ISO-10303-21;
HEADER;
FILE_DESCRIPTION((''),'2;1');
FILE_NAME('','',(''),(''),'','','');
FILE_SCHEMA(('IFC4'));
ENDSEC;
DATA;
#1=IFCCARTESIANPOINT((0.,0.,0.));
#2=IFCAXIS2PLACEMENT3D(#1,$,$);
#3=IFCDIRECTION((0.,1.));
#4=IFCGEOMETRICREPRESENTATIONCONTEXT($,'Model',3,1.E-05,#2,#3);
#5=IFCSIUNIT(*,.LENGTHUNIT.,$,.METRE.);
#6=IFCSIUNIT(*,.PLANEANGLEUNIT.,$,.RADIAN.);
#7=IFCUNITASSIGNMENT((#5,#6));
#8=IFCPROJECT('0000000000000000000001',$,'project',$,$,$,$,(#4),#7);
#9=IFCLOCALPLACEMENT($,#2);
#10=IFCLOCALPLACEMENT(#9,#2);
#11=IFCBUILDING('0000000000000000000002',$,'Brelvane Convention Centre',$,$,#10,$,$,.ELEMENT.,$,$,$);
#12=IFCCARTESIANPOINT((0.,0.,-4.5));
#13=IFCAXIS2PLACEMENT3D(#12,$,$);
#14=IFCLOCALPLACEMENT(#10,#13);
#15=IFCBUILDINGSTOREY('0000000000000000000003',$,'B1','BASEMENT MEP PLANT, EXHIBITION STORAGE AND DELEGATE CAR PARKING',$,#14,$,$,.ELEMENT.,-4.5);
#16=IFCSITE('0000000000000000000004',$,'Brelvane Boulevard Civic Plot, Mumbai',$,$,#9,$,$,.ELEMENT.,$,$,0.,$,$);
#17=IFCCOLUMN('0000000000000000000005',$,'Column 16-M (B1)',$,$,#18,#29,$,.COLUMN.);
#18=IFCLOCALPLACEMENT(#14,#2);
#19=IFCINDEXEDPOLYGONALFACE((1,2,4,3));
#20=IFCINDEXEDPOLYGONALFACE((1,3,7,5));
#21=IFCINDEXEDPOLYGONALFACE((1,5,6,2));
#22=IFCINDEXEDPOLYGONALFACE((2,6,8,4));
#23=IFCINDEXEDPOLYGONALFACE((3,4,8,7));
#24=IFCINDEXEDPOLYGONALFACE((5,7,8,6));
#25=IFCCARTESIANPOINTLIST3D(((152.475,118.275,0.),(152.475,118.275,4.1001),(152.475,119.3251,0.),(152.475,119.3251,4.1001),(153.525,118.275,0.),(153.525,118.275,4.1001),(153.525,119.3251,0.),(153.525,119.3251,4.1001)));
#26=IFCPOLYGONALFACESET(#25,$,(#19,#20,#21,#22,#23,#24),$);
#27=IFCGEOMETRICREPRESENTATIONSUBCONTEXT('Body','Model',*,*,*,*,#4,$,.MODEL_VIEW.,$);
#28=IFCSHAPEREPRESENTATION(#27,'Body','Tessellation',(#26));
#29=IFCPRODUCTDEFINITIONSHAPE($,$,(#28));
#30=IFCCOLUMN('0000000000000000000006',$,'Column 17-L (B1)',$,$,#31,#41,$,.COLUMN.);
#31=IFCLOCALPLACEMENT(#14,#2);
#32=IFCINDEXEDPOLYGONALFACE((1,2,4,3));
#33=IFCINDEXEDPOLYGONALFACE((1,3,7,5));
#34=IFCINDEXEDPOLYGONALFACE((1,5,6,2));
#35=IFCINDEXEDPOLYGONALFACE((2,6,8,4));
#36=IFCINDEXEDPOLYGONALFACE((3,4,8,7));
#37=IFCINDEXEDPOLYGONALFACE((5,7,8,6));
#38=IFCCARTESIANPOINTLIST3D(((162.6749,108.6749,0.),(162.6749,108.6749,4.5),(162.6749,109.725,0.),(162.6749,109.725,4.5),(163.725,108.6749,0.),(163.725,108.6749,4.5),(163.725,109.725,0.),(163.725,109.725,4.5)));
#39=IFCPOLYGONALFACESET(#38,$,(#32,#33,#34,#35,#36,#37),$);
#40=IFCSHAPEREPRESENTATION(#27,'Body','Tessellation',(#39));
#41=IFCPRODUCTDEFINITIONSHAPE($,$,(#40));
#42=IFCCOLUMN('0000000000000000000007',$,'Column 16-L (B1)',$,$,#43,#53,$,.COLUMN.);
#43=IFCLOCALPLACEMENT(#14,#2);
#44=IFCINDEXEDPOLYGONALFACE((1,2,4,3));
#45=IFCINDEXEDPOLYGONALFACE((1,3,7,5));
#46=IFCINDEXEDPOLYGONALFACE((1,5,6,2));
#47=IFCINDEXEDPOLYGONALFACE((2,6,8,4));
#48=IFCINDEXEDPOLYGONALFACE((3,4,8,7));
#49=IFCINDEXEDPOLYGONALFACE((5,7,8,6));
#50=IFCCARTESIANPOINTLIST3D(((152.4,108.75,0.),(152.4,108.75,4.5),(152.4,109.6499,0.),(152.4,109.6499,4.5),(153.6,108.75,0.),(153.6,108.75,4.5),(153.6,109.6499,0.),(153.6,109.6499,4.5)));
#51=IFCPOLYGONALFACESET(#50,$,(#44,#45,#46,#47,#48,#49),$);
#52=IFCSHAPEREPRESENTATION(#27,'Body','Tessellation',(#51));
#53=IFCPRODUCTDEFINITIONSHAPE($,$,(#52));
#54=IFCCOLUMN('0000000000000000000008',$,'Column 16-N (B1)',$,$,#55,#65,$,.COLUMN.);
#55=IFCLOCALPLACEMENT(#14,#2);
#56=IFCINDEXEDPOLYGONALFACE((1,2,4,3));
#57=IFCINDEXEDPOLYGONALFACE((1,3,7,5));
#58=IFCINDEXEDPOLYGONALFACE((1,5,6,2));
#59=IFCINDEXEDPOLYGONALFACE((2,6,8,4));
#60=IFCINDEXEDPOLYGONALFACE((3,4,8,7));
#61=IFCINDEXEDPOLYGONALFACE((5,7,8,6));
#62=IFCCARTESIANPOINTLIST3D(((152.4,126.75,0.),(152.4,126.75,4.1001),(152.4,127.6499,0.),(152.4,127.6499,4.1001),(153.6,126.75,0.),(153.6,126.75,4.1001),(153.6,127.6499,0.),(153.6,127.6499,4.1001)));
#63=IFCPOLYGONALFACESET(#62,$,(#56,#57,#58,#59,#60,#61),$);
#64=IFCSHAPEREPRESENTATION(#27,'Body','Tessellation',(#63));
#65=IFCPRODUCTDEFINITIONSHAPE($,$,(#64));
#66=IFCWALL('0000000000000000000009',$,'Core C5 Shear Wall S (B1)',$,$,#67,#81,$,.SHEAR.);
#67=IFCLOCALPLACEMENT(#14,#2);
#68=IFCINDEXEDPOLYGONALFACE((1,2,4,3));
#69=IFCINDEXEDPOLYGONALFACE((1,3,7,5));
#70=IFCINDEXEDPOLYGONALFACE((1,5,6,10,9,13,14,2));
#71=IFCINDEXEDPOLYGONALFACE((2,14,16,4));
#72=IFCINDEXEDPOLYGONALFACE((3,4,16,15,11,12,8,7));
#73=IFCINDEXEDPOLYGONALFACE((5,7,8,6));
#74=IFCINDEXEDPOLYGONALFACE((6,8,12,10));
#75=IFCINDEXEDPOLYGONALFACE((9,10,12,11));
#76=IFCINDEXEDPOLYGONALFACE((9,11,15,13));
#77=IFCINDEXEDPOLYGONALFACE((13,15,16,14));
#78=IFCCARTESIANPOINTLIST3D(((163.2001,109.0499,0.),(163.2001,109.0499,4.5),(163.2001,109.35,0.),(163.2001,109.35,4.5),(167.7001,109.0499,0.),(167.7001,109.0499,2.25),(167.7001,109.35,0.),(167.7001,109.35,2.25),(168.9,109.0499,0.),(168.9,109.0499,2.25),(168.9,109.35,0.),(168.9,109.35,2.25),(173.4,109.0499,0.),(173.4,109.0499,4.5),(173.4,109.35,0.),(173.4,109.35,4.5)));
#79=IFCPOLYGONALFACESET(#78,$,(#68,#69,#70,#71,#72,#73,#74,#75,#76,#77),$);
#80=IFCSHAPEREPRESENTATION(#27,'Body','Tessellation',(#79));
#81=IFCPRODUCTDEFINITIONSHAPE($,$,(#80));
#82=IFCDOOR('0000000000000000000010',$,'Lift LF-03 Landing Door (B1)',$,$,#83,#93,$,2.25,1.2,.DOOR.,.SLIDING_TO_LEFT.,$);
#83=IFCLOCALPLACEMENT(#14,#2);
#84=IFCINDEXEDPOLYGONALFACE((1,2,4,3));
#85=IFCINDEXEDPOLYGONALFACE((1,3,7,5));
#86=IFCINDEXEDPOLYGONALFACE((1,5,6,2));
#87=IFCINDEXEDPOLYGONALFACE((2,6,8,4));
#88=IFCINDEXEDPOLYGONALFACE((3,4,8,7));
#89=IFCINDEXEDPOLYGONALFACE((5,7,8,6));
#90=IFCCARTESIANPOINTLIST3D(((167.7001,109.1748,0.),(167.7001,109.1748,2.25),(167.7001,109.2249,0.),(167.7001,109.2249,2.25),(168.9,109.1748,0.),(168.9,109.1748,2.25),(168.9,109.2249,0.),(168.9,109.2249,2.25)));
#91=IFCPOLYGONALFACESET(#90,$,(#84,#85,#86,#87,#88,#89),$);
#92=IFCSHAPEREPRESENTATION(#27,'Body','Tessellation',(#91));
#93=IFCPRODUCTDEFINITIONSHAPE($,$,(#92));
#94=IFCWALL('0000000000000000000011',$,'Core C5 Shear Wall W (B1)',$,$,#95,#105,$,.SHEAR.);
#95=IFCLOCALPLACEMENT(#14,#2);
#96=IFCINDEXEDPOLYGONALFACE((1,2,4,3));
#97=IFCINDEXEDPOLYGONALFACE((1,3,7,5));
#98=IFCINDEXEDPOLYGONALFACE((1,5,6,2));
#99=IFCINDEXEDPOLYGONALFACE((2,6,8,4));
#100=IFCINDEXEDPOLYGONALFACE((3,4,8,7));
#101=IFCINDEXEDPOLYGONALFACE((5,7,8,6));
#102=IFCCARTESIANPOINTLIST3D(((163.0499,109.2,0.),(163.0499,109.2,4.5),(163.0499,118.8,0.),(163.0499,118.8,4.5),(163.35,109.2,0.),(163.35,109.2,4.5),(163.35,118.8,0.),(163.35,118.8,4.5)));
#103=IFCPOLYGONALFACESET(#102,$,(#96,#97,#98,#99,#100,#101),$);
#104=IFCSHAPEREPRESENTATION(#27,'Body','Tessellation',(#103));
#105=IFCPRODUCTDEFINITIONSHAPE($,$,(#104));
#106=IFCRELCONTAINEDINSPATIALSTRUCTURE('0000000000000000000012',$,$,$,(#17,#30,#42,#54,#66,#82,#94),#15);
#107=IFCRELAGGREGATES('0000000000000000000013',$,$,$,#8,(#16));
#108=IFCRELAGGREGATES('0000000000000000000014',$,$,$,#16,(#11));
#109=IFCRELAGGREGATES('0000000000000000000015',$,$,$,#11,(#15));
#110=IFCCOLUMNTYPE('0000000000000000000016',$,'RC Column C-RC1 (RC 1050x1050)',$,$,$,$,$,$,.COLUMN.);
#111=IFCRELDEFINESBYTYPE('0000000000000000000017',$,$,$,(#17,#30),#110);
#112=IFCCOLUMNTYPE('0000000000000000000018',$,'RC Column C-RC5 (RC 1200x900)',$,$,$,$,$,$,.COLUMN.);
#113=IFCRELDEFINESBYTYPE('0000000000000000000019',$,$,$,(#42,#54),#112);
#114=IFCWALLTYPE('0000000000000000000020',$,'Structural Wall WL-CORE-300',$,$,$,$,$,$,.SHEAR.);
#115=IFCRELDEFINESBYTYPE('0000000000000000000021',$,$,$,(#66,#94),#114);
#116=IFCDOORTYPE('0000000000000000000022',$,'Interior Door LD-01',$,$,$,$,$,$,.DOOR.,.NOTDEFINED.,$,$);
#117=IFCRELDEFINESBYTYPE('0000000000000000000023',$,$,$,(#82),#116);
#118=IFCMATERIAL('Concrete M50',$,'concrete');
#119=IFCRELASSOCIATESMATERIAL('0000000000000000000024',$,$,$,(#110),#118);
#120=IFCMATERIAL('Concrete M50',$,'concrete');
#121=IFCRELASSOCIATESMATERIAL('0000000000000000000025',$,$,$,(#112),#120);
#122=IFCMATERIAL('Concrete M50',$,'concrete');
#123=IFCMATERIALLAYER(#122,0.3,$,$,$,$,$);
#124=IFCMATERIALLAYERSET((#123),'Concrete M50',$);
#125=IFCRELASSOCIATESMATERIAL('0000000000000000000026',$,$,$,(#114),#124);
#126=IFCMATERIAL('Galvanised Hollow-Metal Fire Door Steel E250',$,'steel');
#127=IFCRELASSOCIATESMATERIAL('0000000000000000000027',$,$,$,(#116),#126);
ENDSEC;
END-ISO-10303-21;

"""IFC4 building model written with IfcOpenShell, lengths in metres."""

from ifc_helpers import new_model, si_unit, direction, frame, frame_2d, origin, origin_2d, place, context, subcontext, project, spatial, rectangle, extrude, material, layer, layer_set, material_profile, profile_set, type_object, element, fill, save


model = new_model("IFC4")

# Units and contexts
model_context = context("Model", 3, precision=1e-05, world=origin(), true_north=direction((0.0, 1.0)))
body_context = subcontext(model_context, "Body", "Model", "MODEL_VIEW")
ifc_project = project(units=[si_unit("LENGTHUNIT", "METRE"), si_unit("PLANEANGLEUNIT", "RADIAN")], contexts=[model_context])

# Site, building, storey
site_placement = place(None, origin())
site = spatial("IfcSite", under=ifc_project, at=site_placement, Name="Brelvane Boulevard Civic Plot, Mumbai", CompositionType="ELEMENT", RefElevation=0.0)
building_placement = place(site_placement, origin())
building = spatial("IfcBuilding", under=site, at=building_placement, Name="Brelvane Convention Centre", CompositionType="ELEMENT")
storey_placement = place(building_placement, frame((0.0, 0.0, -4.5)))
storey = spatial("IfcBuildingStorey", under=building, at=storey_placement, Name="B1", Description="BASEMENT MEP PLANT, EXHIBITION STORAGE AND DELEGATE CAR PARKING", CompositionType="ELEMENT", Elevation=-4.5)

# Columns
ifc_material_1 = material(Name="Concrete M50", Category="concrete")
ifc_material_profile_1 = material_profile(ifc_material_1, rectangle(XDim=1.05, YDim=1.05, at=origin_2d()), Name="RC 1050x1050")
ifc_profile_set_1 = profile_set([ifc_material_profile_1], Name="Concrete M50")
column_type_1 = type_object("IfcColumnType", Name="RC Column C-RC1 (RC 1050x1050)", PredefinedType="COLUMN", material=ifc_profile_set_1)
column_1_placement = place(storey_placement, frame((153.0, 118.8, 0.0), z_axis=(0.0, 0.0, 1.0), x_axis=(1.0, 0.0, 0.0)))
element("IfcColumn", 1, at=column_1_placement, inside=storey, type_object=column_type_1, Name="Column 16-M (B1)", PredefinedType="COLUMN", context=body_context, shape_type="SweptSolid", body=[
    extrude(rectangle(XDim=1.05, YDim=1.05, at=origin_2d()), origin(), (0.0, 0.0, 1.0), 4.1001),
])
column_2_placement = place(storey_placement, frame((163.2, 109.2, 0.0), z_axis=(0.0, 0.0, 1.0), x_axis=(1.0, 0.0, 0.0)))
element("IfcColumn", 2, at=column_2_placement, inside=storey, type_object=column_type_1, Name="Column 17-L (B1)", PredefinedType="COLUMN", context=body_context, shape_type="SweptSolid", body=[
    extrude(rectangle(XDim=1.05, YDim=1.05, at=origin_2d()), origin(), (0.0, 0.0, 1.0), 4.5),
])
ifc_material_2 = material(Name="Concrete M50", Category="concrete")
ifc_material_profile_2 = material_profile(ifc_material_2, rectangle(XDim=1.2, YDim=0.8999, at=origin_2d()), Name="RC 1200x900")
ifc_profile_set_2 = profile_set([ifc_material_profile_2], Name="Concrete M50")
column_type_2 = type_object("IfcColumnType", Name="RC Column C-RC5 (RC 1200x900)", PredefinedType="COLUMN", material=ifc_profile_set_2)
column_3_placement = place(storey_placement, frame((153.0, 109.2, 0.0), z_axis=(0.0, 0.0, 1.0), x_axis=(1.0, 0.0, 0.0)))
element("IfcColumn", 3, at=column_3_placement, inside=storey, type_object=column_type_2, Name="Column 16-L (B1)", PredefinedType="COLUMN", context=body_context, shape_type="SweptSolid", body=[
    extrude(rectangle(XDim=1.2, YDim=0.8999, at=origin_2d()), origin(), (0.0, 0.0, 1.0), 4.5),
])
column_4_placement = place(storey_placement, frame((153.0, 127.2, 0.0), z_axis=(0.0, 0.0, 1.0), x_axis=(1.0, 0.0, 0.0)))
element("IfcColumn", 4, at=column_4_placement, inside=storey, type_object=column_type_2, Name="Column 16-N (B1)", PredefinedType="COLUMN", context=body_context, shape_type="SweptSolid", body=[
    extrude(rectangle(XDim=1.2, YDim=0.8999, at=origin_2d()), origin(), (0.0, 0.0, 1.0), 4.1001),
])

# Wall, opening, door
ifc_material_3 = material(Name="Concrete M50", Category="concrete")
ifc_layer = layer(ifc_material_3, 0.3)
ifc_layer_set = layer_set([ifc_layer], Name="Concrete M50")
wall_type = type_object("IfcWallType", Name="Structural Wall WL-CORE-300", PredefinedType="SHEAR", material=ifc_layer_set)
wall_1_placement = place(storey_placement, frame((163.2, 109.2, 0.0), z_axis=(0.0, 0.0, 1.0), x_axis=(1.0, 0.0, 0.0)))
wall_1 = element("IfcWall", 5, at=wall_1_placement, inside=storey, type_object=wall_type, Name="Core C5 Shear Wall S (B1)", PredefinedType="SHEAR", context=body_context, shape_type="SweptSolid", body=[
    extrude(rectangle(XDim=10.2, YDim=0.3, at=frame_2d((5.1001, 0.0))), origin(), (0.0, 0.0, 1.0), 4.5),
])
opening_placement = place(wall_1_placement, frame((4.5, 0.0, 0.0)))
opening = element("IfcOpeningElement", 6, at=opening_placement, cuts=wall_1, PredefinedType="OPENING", context=body_context, shape_type="SweptSolid", body=[
    extrude(rectangle(XDim=1.2, YDim=2.25, at=frame_2d((0.6001, 1.125))), frame((0.0, 0.1599, 0.0), z_axis=(0.0, -1.0, 0.0), x_axis=(1.0, 0.0, 0.0)), (0.0, 0.0, 1.0), 0.3201),
])
ifc_material_4 = material(Name="Galvanised Hollow-Metal Fire Door Steel E250", Category="steel")
door_type = type_object("IfcDoorType", Name="Interior Door LD-01", OperationType="NOTDEFINED", PredefinedType="DOOR", material=ifc_material_4)
door_placement = place(opening_placement, origin())
door = element("IfcDoor", 7, at=door_placement, inside=storey, type_object=door_type, Name="Lift LF-03 Landing Door (B1)", OperationType="SLIDING_TO_LEFT", OverallHeight=2.25, OverallWidth=1.2, PredefinedType="DOOR", context=body_context, shape_type="SweptSolid", body=[
    extrude(rectangle(XDim=1.2, YDim=2.25, at=frame_2d((0.6001, 1.125))), frame((0.0, 0.0249, 0.0), z_axis=(0.0, -1.0, 0.0), x_axis=(1.0, 0.0, 0.0)), (0.0, 0.0, 1.0), 0.05),
])
fill(opening, door)

# Wall
wall_2_placement = place(storey_placement, frame((163.2, 109.2, 0.0), z_axis=(0.0, 0.0, 1.0), x_axis=(0.0, 1.0, 0.0)))
element("IfcWall", 8, at=wall_2_placement, inside=storey, type_object=wall_type, Name="Core C5 Shear Wall W (B1)", PredefinedType="SHEAR", context=body_context, shape_type="SweptSolid", body=[
    extrude(rectangle(XDim=9.6001, YDim=0.3, at=frame_2d((4.8, 0.0))), origin(), (0.0, 0.0, 1.0), 4.5),
])

save(model, "model.ifc")
